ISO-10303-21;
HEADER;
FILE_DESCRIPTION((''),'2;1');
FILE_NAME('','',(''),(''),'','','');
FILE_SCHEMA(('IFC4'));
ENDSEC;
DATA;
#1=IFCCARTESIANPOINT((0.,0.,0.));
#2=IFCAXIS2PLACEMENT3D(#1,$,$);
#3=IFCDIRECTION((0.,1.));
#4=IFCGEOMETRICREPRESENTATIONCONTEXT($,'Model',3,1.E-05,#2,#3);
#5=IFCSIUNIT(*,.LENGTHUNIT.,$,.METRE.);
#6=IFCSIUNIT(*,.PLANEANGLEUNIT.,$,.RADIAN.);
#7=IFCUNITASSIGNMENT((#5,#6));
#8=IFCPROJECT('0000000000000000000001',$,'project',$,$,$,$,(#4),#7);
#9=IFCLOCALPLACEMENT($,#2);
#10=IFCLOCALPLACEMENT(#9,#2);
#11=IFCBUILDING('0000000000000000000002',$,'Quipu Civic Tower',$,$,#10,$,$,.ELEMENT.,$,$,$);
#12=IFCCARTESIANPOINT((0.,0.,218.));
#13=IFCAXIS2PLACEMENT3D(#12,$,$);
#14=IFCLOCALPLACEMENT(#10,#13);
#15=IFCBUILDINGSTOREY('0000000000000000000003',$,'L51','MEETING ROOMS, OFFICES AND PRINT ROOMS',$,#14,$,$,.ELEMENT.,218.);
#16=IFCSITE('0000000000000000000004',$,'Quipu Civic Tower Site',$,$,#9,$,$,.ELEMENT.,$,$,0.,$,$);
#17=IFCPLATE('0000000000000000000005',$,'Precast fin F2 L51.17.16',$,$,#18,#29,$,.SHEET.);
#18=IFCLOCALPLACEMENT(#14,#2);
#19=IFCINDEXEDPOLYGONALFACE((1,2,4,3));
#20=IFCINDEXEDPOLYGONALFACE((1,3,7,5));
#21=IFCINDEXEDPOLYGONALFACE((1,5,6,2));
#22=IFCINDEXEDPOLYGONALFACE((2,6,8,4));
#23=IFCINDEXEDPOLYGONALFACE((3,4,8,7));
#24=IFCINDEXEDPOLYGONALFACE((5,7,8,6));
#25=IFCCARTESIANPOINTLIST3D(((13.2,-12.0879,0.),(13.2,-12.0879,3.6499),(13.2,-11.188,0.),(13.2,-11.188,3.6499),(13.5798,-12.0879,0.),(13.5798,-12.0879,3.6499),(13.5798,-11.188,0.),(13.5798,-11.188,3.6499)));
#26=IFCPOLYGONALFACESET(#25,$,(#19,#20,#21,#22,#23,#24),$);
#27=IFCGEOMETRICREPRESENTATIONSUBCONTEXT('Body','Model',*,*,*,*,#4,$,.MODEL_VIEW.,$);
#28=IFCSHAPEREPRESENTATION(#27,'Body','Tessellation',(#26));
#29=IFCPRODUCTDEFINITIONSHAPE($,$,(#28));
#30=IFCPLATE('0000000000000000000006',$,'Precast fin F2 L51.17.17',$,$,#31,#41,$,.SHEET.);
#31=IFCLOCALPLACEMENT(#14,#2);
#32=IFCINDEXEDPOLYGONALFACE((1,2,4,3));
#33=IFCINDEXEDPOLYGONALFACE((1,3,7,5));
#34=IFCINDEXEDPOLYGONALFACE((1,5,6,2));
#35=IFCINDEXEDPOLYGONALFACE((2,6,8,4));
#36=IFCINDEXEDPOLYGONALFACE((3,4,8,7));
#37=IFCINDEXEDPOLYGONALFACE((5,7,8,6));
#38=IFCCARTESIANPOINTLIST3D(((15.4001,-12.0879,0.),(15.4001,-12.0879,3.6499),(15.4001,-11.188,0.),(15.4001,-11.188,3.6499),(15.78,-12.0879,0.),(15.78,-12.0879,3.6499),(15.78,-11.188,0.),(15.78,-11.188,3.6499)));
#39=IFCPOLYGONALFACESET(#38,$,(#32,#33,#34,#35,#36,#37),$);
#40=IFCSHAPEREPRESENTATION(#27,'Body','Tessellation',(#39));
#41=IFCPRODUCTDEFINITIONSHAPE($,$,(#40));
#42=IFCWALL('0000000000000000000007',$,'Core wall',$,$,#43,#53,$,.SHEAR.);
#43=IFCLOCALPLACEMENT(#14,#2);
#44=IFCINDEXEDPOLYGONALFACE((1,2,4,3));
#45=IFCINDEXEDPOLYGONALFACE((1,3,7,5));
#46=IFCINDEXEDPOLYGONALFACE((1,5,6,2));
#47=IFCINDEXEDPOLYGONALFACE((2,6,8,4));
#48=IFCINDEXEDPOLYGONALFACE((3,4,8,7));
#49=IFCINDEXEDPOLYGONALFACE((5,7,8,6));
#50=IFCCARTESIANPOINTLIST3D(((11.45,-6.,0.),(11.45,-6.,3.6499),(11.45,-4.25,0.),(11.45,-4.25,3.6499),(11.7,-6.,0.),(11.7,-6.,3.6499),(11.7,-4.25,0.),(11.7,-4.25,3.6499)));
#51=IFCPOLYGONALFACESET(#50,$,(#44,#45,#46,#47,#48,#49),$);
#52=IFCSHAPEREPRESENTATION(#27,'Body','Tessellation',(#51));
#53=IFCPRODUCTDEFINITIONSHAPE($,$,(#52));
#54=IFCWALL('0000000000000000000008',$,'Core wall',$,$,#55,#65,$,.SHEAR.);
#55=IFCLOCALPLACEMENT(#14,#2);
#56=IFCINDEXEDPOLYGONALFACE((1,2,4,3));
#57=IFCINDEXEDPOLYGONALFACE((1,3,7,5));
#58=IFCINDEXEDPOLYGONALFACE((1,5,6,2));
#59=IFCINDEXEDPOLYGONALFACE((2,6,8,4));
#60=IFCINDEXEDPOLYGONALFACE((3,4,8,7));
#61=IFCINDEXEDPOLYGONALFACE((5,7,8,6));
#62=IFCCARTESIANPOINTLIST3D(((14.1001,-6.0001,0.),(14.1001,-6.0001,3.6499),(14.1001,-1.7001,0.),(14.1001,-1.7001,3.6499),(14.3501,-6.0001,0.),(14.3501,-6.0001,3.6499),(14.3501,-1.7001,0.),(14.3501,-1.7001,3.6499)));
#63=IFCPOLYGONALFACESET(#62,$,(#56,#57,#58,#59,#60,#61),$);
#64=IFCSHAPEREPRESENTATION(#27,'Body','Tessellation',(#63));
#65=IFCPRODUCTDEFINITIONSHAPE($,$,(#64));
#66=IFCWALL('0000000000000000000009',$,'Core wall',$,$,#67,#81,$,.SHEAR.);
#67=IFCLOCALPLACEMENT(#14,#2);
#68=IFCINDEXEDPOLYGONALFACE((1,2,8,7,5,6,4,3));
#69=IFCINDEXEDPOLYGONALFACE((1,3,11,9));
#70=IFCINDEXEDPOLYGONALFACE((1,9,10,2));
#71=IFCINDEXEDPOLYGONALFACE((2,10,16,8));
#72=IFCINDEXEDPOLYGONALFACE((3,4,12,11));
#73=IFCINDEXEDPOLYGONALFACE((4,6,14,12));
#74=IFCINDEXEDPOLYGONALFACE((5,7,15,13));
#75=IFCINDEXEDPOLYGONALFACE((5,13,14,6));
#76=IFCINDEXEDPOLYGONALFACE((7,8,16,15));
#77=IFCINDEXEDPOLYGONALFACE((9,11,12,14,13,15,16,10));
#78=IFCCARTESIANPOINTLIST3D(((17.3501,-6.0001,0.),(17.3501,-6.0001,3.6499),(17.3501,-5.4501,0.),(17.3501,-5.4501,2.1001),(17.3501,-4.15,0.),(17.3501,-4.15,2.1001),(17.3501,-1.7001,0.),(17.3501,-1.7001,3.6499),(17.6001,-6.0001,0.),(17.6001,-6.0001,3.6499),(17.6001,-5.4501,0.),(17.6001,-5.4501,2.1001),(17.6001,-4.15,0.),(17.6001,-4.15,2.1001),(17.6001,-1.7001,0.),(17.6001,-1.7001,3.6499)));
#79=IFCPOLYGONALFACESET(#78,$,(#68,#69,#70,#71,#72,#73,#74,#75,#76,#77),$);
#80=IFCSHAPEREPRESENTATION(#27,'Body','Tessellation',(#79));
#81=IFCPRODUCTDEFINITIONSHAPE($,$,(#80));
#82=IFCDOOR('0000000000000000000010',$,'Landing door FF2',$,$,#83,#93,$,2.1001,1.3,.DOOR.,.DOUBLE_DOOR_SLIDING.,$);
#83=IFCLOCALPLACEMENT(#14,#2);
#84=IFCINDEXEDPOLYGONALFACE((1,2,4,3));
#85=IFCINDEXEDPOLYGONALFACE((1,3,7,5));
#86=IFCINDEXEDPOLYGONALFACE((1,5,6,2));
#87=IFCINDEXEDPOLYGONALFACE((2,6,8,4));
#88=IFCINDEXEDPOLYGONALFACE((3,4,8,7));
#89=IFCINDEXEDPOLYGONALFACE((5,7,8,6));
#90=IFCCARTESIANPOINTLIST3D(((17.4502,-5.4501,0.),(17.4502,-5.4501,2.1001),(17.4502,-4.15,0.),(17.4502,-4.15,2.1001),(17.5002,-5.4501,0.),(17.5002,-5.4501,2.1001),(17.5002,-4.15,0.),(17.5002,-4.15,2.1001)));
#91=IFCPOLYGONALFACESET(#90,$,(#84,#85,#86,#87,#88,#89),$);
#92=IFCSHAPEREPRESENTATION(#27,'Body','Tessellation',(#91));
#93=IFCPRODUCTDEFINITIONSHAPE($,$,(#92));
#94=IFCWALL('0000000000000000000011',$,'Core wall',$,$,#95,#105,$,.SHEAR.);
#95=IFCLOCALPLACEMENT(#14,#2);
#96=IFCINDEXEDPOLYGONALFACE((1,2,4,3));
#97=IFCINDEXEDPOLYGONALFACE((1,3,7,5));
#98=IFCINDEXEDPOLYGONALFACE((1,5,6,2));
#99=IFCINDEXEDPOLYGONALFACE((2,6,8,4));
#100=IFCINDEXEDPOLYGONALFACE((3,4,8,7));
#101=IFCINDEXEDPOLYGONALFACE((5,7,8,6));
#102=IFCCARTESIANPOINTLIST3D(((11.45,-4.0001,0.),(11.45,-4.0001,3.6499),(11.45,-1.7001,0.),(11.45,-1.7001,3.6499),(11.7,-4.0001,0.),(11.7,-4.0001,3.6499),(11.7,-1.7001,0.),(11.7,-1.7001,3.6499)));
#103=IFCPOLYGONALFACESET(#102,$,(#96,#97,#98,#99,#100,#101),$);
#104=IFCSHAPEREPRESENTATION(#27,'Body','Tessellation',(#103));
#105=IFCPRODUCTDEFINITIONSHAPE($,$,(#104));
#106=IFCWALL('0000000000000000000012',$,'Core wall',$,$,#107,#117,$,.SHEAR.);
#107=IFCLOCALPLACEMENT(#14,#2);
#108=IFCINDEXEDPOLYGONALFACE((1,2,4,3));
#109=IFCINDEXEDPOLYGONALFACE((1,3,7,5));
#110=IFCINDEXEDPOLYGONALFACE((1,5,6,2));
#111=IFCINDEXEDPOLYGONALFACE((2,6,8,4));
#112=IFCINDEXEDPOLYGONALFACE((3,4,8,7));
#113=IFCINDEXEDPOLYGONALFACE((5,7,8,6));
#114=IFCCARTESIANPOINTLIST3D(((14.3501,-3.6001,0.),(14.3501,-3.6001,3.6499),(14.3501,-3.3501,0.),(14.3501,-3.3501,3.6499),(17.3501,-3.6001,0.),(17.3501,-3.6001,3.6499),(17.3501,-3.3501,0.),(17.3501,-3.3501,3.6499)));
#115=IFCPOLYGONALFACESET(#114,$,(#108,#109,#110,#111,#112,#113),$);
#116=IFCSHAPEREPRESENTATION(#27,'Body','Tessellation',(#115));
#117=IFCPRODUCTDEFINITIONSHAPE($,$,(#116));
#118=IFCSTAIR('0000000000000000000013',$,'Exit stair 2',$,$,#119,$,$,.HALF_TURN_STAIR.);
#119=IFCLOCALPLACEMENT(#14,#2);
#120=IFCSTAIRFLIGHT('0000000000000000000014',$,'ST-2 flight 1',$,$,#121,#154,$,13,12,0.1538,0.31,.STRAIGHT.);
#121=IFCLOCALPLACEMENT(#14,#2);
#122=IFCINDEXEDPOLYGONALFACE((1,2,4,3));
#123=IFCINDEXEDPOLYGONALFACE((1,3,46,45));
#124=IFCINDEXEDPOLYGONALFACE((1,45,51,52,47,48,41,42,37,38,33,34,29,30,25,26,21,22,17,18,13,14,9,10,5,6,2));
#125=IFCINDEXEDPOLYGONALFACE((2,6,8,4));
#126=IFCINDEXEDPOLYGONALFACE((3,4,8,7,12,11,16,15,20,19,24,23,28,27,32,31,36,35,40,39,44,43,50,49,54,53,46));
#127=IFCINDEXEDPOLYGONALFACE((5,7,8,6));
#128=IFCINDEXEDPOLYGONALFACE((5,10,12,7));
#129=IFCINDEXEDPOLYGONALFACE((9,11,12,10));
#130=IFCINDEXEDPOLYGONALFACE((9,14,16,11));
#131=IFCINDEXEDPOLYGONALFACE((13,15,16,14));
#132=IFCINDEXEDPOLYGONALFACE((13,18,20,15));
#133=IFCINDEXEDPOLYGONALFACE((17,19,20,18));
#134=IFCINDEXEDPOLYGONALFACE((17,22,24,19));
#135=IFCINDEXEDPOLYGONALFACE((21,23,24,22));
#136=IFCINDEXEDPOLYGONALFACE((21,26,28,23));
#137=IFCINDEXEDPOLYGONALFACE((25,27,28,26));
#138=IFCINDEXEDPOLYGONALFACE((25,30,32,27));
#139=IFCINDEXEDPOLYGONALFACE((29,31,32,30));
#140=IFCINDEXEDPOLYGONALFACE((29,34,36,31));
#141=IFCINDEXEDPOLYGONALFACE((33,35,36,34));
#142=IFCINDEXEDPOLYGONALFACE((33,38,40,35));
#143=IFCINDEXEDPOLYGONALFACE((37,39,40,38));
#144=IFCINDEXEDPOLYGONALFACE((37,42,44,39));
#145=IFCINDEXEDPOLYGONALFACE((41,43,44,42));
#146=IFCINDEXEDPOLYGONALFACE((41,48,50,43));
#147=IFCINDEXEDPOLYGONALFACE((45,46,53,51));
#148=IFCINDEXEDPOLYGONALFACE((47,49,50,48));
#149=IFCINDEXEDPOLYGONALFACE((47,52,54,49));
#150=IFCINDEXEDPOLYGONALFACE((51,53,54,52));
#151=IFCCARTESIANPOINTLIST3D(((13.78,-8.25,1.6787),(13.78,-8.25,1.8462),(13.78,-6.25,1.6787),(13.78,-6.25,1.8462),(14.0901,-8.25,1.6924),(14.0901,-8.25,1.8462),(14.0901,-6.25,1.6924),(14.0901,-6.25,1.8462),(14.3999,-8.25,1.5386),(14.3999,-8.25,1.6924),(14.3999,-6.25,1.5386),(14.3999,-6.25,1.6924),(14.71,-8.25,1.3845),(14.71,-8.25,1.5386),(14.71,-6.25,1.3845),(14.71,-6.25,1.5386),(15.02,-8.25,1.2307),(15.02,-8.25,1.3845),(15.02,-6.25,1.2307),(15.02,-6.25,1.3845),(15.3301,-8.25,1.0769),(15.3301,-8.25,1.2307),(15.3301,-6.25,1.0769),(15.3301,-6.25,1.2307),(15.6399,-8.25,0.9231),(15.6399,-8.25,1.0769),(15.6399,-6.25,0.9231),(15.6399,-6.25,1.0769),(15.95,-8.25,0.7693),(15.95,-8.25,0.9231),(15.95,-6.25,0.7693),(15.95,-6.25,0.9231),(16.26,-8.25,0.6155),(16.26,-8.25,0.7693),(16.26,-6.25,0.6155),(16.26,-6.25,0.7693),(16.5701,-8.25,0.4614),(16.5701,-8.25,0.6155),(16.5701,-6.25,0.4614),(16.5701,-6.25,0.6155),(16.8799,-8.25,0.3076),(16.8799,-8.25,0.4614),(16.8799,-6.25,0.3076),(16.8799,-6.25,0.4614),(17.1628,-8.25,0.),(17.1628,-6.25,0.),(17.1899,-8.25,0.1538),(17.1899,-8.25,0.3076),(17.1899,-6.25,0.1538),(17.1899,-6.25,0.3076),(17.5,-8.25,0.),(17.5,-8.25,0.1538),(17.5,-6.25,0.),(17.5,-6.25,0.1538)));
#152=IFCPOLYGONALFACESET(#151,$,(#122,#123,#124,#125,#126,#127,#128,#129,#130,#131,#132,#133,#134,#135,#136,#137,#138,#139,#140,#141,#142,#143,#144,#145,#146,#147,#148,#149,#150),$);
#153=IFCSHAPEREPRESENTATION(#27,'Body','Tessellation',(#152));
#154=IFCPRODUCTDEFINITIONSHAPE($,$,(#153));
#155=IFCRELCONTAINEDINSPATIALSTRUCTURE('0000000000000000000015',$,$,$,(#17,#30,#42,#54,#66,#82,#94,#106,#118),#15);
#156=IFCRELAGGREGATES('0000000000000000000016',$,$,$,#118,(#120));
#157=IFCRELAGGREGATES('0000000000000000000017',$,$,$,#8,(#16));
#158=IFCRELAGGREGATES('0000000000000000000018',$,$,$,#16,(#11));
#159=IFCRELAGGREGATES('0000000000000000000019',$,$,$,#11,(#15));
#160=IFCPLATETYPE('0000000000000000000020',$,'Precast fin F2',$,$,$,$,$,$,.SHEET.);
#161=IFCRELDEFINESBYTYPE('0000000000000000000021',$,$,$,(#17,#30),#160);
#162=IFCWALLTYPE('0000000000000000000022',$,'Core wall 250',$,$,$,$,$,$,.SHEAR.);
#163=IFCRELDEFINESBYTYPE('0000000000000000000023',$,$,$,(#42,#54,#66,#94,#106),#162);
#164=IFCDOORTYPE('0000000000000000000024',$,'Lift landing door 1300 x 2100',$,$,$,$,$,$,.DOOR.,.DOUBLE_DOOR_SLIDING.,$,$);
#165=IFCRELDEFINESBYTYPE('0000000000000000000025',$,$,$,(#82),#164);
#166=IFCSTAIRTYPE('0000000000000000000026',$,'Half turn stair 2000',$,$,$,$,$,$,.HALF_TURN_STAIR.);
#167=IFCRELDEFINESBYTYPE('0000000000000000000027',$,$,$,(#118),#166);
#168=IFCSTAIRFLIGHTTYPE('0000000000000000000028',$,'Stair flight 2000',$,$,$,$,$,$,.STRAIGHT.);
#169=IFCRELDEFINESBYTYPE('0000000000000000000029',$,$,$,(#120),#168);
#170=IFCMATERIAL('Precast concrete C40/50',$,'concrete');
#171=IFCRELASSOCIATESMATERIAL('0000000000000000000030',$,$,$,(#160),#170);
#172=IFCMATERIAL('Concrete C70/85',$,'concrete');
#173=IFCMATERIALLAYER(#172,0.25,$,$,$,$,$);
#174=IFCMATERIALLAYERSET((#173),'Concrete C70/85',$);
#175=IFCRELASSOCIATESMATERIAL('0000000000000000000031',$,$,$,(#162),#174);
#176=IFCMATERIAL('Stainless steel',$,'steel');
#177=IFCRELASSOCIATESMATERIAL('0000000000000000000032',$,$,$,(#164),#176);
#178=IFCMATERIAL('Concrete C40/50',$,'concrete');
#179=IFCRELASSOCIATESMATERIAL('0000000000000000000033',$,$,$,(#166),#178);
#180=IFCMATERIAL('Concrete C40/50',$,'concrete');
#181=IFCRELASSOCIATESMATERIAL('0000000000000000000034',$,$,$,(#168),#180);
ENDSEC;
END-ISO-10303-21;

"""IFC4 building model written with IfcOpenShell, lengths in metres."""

from ifc_helpers import new_model, si_unit, direction, frame, frame_2d, origin, origin_2d, place, context, subcontext, project, spatial, polyline, rectangle, outline, extrude, material, layer, layer_set, type_object, element, fill, aggregate, save


model = new_model("IFC4")

# Units and contexts
model_context = context("Model", 3, precision=1e-05, world=origin(), true_north=direction((0.0, 1.0)))
body_context = subcontext(model_context, "Body", "Model", "MODEL_VIEW")
ifc_project = project(units=[si_unit("LENGTHUNIT", "METRE"), si_unit("PLANEANGLEUNIT", "RADIAN")], contexts=[model_context])

# Site, building, storey
site_placement = place(None, origin())
site = spatial("IfcSite", under=ifc_project, at=site_placement, Name="Quipu Civic Tower Site", CompositionType="ELEMENT", RefElevation=0.0)
building_placement = place(site_placement, origin())
building = spatial("IfcBuilding", under=site, at=building_placement, Name="Quipu Civic Tower", CompositionType="ELEMENT")
storey_placement = place(building_placement, frame((0.0, 0.0, 218.0)))
storey = spatial("IfcBuildingStorey", under=building, at=storey_placement, Name="L51", Description="MEETING ROOMS, OFFICES AND PRINT ROOMS", CompositionType="ELEMENT", Elevation=218.0)

# Plates
ifc_material_1 = material(Name="Precast concrete C40/50", Category="concrete")
plate_type = type_object("IfcPlateType", Name="Precast fin F2", PredefinedType="SHEET", material=ifc_material_1)
for number, where, z_axis, x_axis, name in (
    (1, (13.3899, -11.6379, 0.0), (0.0, 0.0, 1.0), (1.0, 0.0, 0.0), "Precast fin F2 L51.17.16"),
    (2, (15.5901, -11.6379, 0.0), (0.0, 0.0, 1.0), (1.0, 0.0, 0.0), "Precast fin F2 L51.17.17"),
):
    element("IfcPlate", number, at=place(storey_placement, frame(where, z_axis=z_axis, x_axis=x_axis)), inside=storey, type_object=plate_type, Name=name, PredefinedType="SHEET", context=body_context, shape_type="SweptSolid", body=[
        extrude(rectangle(XDim=0.3799, YDim=0.8999, at=origin_2d()), origin(), (0.0, 0.0, 1.0), 3.6499),
    ])

# Shared definitions
ifc_material_2 = material(Name="Concrete C70/85", Category="concrete")
ifc_layer = layer(ifc_material_2, 0.25)
ifc_layer_set = layer_set([ifc_layer], Name="Concrete C70/85")
wall_type = type_object("IfcWallType", Name="Core wall 250", PredefinedType="SHEAR", material=ifc_layer_set)

# Walls
wall_1_placement = place(storey_placement, frame((11.575, -6.0, 0.0), z_axis=(0.0, 0.0, 1.0), x_axis=(0.0, 1.0, 0.0)))
element("IfcWall", 3, at=wall_1_placement, inside=storey, type_object=wall_type, Name="Core wall", PredefinedType="SHEAR", context=body_context, shape_type="SweptSolid", body=[
    extrude(rectangle(XDim=1.75, YDim=0.25, at=frame_2d((0.875, 0.0))), origin(), (0.0, 0.0, 1.0), 3.6499),
])
wall_2_placement = place(storey_placement, frame((14.2251, -6.0, 0.0), z_axis=(0.0, 0.0, 1.0), x_axis=(0.0, 1.0, 0.0)))
element("IfcWall", 4, at=wall_2_placement, inside=storey, type_object=wall_type, Name="Core wall", PredefinedType="SHEAR", context=body_context, shape_type="SweptSolid", body=[
    extrude(rectangle(XDim=4.3, YDim=0.25, at=frame_2d((2.1499, 0.0))), origin(), (0.0, 0.0, 1.0), 3.6499),
])

# Wall, opening, door
wall_3_placement = place(storey_placement, frame((17.4751, -6.0, 0.0), z_axis=(0.0, 0.0, 1.0), x_axis=(0.0, 1.0, 0.0)))
wall_3 = element("IfcWall", 5, at=wall_3_placement, inside=storey, type_object=wall_type, Name="Core wall", PredefinedType="SHEAR", context=body_context, shape_type="SweptSolid", body=[
    extrude(rectangle(XDim=4.3, YDim=0.25, at=frame_2d((2.1499, 0.0))), origin(), (0.0, 0.0, 1.0), 3.6499),
])
opening_1_placement = place(wall_3_placement, frame((0.55, 0.0, 0.0)))
opening_1 = element("IfcOpeningElement", 6, at=opening_1_placement, cuts=wall_3, PredefinedType="OPENING", context=body_context, shape_type="SweptSolid", body=[
    extrude(rectangle(XDim=1.3, YDim=2.1001, at=frame_2d((0.6499, 1.05))), frame((0.0, 0.135, 0.0), z_axis=(0.0, -1.0, 0.0), x_axis=(1.0, 0.0, 0.0)), (0.0, 0.0, 1.0), 0.27),
])
ifc_material_3 = material(Name="Stainless steel", Category="steel")
door_type_1 = type_object("IfcDoorType", Name="Lift landing door 1300 x 2100", OperationType="DOUBLE_DOOR_SLIDING", PredefinedType="DOOR", material=ifc_material_3)
door_1_placement = place(opening_1_placement, origin())
door_1 = element("IfcDoor", 7, at=door_1_placement, inside=storey, type_object=door_type_1, Name="Landing door FF2", OperationType="DOUBLE_DOOR_SLIDING", OverallHeight=2.1001, OverallWidth=1.3, PredefinedType="DOOR", context=body_context, shape_type="SweptSolid", body=[
    extrude(rectangle(XDim=1.3, YDim=2.1001, at=frame_2d((0.6499, 1.05))), frame((0.0, 0.0249, 0.0), z_axis=(0.0, -1.0, 0.0), x_axis=(1.0, 0.0, 0.0)), (0.0, 0.0, 1.0), 0.05),
])
fill(opening_1, door_1)

# Walls
wall_4_placement = place(storey_placement, frame((11.575, -4.0, 0.0), z_axis=(0.0, 0.0, 1.0), x_axis=(0.0, 1.0, 0.0)))
element("IfcWall", 8, at=wall_4_placement, inside=storey, type_object=wall_type, Name="Core wall", PredefinedType="SHEAR", context=body_context, shape_type="SweptSolid", body=[
    extrude(rectangle(XDim=2.3, YDim=0.25, at=frame_2d((1.1499, 0.0))), origin(), (0.0, 0.0, 1.0), 3.6499),
])
wall_5_placement = place(storey_placement, frame((14.3501, -3.4751, 0.0), z_axis=(0.0, 0.0, 1.0), x_axis=(1.0, 0.0, 0.0)))
element("IfcWall", 9, at=wall_5_placement, inside=storey, type_object=wall_type, Name="Core wall", PredefinedType="SHEAR", context=body_context, shape_type="SweptSolid", body=[
    extrude(rectangle(XDim=3.0, YDim=0.25, at=frame_2d((1.5, 0.0))), origin(), (0.0, 0.0, 1.0), 3.6499),
])

# Stair, stair flight
ifc_material_4 = material(Name="Concrete C40/50", Category="concrete")
stair_type = type_object("IfcStairType", Name="Half turn stair 2000", PredefinedType="HALF_TURN_STAIR", material=ifc_material_4)
stair_placement = place(storey_placement, origin())
stair = element("IfcStair", 10, at=stair_placement, inside=storey, type_object=stair_type, Name="Exit stair 2", PredefinedType="HALF_TURN_STAIR")
ifc_material_5 = material(Name="Concrete C40/50", Category="concrete")
stair_flight_type = type_object("IfcStairFlightType", Name="Stair flight 2000", PredefinedType="STRAIGHT", material=ifc_material_5)
stair_flight_1_placement = place(storey_placement, frame((17.5, -7.25, 0.0), z_axis=(0.0, 0.0, 1.0), x_axis=(-1.0, 0.0, 0.0)))
stair_flight_1 = element("IfcStairFlight", 11, at=stair_flight_1_placement, type_object=stair_flight_type, Name="ST-2 flight 1", NumberOfRisers=13, NumberOfTreads=12, PredefinedType="STRAIGHT", RiserHeight=0.1538, TreadLength=0.31, context=body_context, shape_type="SweptSolid", body=[
    extrude(outline(polyline([(0.0, 0.0), (0.0, 0.1538), (0.3101, 0.1538), (0.3101, 0.3076), (0.6201, 0.3076), (0.6201, 0.4614), (0.9299, 0.4614), (0.9299, 0.6155), (1.24, 0.6155), (1.24, 0.7693), (1.55, 0.7693), (1.55, 0.9231), (1.8601, 0.9231), (1.8601, 1.0769), (2.1699, 1.0769), (2.1699, 1.2307), (2.48, 1.2307), (2.48, 1.3845), (2.79, 1.3845), (2.79, 1.5386), (3.1001, 1.5386), (3.1001, 1.6924), (3.4099, 1.6924), (3.4099, 1.8462), (3.72, 1.8462), (3.72, 2.0), (3.72, 1.6787), (0.3372, 0.0), (0.0, 0.0)])), frame((0.0, 1.0, 0.0), z_axis=(0.0, -1.0, 0.0), x_axis=(1.0, 0.0, 0.0)), (0.0, 0.0, 1.0), 2.0),
])
aggregate(stair, [stair_flight_1])

save(model, "model.ifc")
